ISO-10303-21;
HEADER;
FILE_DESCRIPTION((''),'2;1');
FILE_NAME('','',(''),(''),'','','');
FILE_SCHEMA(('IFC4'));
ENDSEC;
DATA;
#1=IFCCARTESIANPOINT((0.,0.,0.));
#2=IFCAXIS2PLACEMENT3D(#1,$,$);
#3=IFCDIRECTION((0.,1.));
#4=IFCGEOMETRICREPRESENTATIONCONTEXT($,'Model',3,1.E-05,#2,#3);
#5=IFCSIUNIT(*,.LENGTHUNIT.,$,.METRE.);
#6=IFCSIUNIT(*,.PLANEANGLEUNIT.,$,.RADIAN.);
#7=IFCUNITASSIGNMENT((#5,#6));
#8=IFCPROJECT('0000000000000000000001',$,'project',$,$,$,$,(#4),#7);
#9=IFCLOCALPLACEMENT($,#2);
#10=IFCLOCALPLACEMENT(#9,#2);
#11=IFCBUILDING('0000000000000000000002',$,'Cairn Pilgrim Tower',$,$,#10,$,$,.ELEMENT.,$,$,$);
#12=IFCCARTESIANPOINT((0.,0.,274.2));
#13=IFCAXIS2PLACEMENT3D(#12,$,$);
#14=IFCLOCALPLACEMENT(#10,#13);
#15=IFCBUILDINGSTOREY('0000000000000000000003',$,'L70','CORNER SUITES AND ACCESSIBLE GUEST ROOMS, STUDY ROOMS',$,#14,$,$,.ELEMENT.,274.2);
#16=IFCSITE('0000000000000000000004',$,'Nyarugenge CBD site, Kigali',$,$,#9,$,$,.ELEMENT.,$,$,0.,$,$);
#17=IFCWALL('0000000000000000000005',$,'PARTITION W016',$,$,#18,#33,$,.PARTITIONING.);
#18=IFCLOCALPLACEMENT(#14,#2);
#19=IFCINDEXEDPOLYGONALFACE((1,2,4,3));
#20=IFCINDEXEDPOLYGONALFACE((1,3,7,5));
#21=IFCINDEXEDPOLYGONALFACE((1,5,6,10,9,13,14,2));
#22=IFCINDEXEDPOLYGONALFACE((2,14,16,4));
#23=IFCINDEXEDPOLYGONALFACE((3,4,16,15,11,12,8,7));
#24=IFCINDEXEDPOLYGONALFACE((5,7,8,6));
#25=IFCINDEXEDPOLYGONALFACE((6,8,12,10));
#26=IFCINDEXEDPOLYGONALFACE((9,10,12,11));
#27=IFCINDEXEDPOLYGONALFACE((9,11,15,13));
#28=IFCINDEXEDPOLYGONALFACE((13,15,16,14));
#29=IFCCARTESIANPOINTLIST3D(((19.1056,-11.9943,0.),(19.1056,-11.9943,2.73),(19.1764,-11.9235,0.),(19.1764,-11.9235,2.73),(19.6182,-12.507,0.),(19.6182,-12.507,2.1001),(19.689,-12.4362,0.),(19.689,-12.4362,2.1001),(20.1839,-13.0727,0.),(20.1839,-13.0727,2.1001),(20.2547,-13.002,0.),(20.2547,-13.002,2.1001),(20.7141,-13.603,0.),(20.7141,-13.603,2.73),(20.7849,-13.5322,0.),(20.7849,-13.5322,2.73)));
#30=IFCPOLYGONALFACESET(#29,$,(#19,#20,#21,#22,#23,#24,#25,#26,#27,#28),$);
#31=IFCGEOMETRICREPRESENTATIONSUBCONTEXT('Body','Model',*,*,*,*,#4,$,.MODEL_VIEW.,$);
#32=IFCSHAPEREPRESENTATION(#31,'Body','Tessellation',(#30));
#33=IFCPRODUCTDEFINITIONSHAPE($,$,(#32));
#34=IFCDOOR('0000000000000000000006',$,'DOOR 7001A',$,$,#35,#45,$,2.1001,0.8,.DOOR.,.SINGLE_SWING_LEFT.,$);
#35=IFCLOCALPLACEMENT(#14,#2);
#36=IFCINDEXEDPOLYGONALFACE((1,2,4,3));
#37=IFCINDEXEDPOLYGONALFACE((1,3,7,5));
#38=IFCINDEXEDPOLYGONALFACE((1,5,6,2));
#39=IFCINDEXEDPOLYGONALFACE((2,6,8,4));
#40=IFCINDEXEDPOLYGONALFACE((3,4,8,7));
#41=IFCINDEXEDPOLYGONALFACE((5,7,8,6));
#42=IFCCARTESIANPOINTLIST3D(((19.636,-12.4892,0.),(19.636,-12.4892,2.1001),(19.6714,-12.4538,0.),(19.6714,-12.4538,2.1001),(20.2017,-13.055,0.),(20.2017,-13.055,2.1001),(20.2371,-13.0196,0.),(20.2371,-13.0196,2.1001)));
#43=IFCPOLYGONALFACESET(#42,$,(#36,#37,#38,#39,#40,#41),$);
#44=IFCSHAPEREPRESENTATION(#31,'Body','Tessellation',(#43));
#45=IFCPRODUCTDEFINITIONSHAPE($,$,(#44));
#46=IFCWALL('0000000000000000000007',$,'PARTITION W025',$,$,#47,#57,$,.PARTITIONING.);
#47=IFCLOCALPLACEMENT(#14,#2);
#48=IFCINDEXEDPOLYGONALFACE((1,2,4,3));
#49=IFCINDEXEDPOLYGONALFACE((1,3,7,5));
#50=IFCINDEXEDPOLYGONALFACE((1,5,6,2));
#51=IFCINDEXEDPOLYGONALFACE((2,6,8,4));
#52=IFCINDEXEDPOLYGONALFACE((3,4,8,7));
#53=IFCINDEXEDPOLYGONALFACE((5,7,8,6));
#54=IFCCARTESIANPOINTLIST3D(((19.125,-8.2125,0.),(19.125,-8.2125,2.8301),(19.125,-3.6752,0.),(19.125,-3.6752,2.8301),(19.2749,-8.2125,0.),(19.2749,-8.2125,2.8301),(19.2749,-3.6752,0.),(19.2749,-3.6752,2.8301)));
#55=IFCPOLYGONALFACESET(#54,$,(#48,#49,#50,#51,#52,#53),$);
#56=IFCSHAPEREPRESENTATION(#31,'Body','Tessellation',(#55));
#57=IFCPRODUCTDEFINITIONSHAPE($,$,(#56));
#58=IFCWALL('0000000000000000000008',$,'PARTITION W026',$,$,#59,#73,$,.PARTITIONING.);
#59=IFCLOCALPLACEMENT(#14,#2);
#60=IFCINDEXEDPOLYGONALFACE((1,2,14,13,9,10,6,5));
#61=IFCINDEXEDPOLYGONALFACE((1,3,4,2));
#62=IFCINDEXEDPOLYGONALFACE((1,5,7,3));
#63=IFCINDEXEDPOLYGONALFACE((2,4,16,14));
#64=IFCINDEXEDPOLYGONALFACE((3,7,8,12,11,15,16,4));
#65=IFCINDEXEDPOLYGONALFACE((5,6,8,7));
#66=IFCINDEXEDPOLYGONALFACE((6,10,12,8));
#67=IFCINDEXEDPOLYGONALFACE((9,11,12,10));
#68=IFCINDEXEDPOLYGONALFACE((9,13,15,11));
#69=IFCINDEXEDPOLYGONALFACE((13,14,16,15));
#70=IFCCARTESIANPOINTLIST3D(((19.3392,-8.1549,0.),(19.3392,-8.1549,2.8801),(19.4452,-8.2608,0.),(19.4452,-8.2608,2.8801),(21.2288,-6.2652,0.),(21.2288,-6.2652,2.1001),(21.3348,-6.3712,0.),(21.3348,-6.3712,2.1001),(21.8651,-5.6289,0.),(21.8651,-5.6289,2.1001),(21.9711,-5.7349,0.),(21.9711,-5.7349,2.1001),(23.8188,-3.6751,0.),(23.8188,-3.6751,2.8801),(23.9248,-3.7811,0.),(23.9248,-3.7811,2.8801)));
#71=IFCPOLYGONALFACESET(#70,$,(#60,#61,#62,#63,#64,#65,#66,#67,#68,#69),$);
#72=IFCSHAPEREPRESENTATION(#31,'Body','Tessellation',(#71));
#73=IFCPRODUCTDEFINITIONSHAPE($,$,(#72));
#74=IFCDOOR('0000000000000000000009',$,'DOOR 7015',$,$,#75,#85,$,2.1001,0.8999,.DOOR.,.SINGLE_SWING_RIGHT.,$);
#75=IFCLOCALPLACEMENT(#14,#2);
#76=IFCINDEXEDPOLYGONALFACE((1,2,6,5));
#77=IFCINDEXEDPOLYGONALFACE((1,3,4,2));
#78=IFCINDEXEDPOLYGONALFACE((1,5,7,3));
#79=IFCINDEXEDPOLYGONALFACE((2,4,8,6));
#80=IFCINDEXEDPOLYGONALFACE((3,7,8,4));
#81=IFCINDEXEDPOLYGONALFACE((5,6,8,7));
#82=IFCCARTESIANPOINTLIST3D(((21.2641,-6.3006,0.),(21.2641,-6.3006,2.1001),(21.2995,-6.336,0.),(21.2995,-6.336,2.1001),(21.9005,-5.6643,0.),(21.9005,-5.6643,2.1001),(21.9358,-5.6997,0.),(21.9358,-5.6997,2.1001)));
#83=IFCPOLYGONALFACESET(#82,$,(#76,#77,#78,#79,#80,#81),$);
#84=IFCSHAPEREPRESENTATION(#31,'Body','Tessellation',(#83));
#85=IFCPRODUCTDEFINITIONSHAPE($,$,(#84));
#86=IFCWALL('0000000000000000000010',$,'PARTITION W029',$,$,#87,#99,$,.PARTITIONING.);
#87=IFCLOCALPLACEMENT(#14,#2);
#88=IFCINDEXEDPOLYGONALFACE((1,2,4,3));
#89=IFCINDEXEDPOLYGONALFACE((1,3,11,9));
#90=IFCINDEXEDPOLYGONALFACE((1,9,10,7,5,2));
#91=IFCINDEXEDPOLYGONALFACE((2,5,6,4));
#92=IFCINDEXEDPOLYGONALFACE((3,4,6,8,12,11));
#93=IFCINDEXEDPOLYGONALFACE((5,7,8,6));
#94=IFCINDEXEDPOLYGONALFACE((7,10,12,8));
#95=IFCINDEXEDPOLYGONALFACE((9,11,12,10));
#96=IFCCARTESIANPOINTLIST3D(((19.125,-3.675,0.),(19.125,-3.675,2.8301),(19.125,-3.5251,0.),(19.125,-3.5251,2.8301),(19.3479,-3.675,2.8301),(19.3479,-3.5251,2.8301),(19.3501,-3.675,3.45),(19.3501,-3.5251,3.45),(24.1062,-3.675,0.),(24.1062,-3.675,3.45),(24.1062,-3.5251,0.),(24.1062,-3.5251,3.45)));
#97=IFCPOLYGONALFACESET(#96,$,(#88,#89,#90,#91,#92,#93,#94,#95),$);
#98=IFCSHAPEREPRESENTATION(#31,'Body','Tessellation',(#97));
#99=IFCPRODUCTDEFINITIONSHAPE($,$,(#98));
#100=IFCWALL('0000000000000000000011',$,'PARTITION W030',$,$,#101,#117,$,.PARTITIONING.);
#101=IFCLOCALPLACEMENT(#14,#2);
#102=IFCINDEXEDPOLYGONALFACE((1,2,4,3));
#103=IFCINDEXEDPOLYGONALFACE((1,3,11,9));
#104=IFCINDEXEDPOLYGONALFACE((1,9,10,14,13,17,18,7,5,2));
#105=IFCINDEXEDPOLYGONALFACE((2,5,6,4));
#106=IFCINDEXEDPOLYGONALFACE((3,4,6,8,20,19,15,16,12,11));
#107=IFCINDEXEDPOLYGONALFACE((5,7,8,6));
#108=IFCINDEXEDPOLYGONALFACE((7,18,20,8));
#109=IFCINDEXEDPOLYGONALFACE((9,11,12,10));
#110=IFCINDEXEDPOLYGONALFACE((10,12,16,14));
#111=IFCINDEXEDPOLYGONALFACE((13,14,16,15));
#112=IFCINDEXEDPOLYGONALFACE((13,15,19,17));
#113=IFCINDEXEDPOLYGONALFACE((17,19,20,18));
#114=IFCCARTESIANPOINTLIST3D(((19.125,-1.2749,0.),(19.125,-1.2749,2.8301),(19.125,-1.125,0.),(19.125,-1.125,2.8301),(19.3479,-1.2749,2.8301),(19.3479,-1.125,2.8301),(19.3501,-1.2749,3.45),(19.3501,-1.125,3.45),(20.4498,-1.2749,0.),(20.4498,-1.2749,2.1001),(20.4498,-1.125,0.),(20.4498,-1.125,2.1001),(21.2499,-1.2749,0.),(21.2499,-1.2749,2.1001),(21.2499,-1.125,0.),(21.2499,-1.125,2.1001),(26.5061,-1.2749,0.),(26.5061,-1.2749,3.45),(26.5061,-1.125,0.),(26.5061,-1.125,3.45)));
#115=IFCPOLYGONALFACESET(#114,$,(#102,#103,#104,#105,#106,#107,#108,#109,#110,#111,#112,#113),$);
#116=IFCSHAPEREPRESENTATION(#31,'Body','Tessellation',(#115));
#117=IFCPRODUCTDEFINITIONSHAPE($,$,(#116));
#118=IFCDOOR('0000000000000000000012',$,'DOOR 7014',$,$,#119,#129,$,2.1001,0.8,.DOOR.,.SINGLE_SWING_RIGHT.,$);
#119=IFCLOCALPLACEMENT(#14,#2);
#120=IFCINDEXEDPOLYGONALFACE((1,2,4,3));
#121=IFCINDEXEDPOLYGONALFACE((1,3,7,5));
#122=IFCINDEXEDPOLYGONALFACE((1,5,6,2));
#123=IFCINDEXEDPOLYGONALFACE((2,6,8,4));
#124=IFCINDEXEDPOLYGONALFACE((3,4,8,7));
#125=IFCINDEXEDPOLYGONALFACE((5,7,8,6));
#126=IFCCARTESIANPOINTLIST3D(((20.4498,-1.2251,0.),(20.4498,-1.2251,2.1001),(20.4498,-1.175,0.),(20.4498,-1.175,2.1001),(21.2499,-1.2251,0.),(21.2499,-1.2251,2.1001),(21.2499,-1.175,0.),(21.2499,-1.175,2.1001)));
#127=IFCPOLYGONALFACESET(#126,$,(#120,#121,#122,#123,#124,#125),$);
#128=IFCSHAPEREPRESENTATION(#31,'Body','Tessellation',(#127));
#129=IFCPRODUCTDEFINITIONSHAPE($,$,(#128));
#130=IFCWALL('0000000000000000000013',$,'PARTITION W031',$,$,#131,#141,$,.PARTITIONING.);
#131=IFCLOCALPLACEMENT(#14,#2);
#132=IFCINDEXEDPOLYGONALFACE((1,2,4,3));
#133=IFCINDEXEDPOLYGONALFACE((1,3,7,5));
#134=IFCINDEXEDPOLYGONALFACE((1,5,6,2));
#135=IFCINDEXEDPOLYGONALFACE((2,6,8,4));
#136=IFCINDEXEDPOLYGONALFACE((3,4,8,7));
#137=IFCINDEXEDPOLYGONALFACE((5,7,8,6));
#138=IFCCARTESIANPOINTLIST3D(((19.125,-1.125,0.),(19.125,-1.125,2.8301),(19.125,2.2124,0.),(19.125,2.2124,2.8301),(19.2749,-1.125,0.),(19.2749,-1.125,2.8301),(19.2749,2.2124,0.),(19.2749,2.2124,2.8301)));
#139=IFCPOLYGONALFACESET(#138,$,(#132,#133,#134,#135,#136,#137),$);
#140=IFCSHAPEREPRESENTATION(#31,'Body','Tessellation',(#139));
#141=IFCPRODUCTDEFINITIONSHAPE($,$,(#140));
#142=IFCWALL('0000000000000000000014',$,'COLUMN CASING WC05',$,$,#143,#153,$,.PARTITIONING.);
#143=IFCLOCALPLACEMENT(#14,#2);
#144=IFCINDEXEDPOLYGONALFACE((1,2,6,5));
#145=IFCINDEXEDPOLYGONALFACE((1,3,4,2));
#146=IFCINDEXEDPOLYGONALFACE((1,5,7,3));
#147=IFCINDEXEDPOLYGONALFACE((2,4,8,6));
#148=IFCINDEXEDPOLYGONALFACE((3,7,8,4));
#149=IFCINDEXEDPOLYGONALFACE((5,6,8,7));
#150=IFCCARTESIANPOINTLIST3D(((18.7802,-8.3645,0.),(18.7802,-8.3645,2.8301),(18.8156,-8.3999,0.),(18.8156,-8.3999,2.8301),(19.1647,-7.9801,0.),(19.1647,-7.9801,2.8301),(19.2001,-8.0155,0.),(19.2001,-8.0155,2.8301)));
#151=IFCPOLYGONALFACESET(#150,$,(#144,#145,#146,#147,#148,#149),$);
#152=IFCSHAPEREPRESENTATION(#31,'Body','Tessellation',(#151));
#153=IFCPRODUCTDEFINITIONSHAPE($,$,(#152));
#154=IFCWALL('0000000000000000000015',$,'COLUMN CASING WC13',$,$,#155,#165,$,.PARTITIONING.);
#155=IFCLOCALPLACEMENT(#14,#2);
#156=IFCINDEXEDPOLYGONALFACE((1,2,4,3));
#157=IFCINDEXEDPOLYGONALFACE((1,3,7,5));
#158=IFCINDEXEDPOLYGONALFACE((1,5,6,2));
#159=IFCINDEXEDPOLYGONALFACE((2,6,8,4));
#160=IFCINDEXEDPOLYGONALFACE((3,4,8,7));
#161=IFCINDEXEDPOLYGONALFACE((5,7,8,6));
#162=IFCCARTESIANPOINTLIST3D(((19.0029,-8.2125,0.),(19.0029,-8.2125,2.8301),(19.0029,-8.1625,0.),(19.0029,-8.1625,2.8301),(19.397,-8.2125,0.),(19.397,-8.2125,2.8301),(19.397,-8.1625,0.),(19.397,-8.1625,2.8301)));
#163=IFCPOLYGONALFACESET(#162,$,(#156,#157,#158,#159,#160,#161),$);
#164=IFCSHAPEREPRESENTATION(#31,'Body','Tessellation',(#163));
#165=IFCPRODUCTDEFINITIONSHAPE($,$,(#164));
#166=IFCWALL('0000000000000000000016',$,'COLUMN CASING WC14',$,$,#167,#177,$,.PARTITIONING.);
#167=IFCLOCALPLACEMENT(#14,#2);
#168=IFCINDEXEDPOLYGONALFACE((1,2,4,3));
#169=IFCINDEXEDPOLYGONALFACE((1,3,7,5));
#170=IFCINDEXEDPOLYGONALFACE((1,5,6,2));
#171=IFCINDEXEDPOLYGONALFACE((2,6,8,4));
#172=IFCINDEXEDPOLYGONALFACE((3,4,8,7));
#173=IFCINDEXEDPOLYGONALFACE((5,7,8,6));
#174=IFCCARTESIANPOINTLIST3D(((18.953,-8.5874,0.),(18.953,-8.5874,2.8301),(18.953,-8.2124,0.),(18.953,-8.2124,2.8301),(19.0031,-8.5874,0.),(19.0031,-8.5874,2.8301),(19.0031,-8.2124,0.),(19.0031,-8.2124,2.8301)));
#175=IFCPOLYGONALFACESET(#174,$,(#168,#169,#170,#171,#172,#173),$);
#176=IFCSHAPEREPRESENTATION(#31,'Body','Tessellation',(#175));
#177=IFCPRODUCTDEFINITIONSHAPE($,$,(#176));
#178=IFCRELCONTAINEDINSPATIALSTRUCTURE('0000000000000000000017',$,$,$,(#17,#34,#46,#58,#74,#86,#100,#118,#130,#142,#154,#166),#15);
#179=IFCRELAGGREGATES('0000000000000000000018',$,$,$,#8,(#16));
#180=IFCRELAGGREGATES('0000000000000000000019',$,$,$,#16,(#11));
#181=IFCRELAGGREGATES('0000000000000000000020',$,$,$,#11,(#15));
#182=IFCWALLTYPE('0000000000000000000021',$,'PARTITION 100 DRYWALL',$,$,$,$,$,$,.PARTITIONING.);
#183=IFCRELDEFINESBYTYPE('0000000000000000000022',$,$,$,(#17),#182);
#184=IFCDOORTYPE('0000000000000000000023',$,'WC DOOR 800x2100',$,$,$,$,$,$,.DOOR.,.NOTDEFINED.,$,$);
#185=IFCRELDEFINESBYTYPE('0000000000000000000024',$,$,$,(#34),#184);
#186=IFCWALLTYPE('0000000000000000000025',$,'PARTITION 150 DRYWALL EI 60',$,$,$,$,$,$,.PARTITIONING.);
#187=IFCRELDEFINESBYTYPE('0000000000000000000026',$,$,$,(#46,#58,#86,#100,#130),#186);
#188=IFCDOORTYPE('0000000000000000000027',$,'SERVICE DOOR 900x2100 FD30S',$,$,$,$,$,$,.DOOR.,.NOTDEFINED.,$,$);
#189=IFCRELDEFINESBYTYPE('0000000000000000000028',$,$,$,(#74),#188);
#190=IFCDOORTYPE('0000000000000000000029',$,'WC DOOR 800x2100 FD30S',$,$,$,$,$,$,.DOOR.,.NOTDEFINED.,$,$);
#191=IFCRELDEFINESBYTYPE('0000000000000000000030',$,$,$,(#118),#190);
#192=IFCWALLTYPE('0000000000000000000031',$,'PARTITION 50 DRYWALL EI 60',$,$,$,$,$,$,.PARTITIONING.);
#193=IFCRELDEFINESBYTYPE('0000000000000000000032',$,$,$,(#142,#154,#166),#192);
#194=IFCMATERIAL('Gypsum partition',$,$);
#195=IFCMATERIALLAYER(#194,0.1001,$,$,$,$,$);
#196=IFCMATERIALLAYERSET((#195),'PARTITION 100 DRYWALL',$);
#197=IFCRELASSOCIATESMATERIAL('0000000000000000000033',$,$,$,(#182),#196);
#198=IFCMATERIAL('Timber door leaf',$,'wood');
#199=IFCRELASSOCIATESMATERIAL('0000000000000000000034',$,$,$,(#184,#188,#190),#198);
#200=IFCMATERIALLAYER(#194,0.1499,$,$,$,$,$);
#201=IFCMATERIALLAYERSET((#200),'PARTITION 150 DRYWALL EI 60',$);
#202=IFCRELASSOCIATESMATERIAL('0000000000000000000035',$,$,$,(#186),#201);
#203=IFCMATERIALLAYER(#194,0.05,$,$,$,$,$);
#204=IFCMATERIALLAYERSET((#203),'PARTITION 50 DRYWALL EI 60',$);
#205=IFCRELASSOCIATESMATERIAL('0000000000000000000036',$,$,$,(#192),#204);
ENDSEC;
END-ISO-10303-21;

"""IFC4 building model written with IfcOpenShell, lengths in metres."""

from ifc_helpers import new_model, si_unit, direction, frame, frame_2d, origin, place, context, subcontext, project, spatial, polyline, rectangle, outline, extrude, material, layer, layer_set, type_object, element, fill, save


model = new_model("IFC4")

# Units and contexts
model_context = context("Model", 3, precision=1e-05, world=origin(), true_north=direction((0.0, 1.0)))
body_context = subcontext(model_context, "Body", "Model", "MODEL_VIEW")
ifc_project = project(units=[si_unit("LENGTHUNIT", "METRE"), si_unit("PLANEANGLEUNIT", "RADIAN")], contexts=[model_context])

# Site, building, storey
site_placement = place(None, origin())
site = spatial("IfcSite", under=ifc_project, at=site_placement, Name="Nyarugenge CBD site, Kigali", CompositionType="ELEMENT", RefElevation=0.0)
building_placement = place(site_placement, origin())
building = spatial("IfcBuilding", under=site, at=building_placement, Name="Cairn Pilgrim Tower", CompositionType="ELEMENT")
storey_placement = place(building_placement, frame((0.0, 0.0, 274.2)))
storey = spatial("IfcBuildingStorey", under=building, at=storey_placement, Name="L70", Description="CORNER SUITES AND ACCESSIBLE GUEST ROOMS, STUDY ROOMS", CompositionType="ELEMENT", Elevation=274.2)

# Wall, opening, door
ifc_material_1 = material(Name="Gypsum partition")
ifc_layer_1 = layer(ifc_material_1, 0.1001)
ifc_layer_set_1 = layer_set([ifc_layer_1], Name="PARTITION 100 DRYWALL")
wall_type_1 = type_object("IfcWallType", Name="PARTITION 100 DRYWALL", PredefinedType="PARTITIONING", material=ifc_layer_set_1)
wall_1_placement = place(storey_placement, frame((20.7495, -13.5676, 0.0), z_axis=(0.0, 0.0, 1.0), x_axis=(-0.707053, 0.70716, 0.0)))
wall_1 = element("IfcWall", 1, at=wall_1_placement, inside=storey, type_object=wall_type_1, Name="PARTITION W016", PredefinedType="PARTITIONING", context=body_context, shape_type="SweptSolid", body=[
    extrude(rectangle(XDim=2.2749, YDim=0.1001, at=frame_2d((1.1375, 0.0))), origin(), (0.0, 0.0, 1.0), 2.73),
])
opening_1_placement = place(wall_1_placement, frame((0.75, 0.0, 0.0)))
opening_1 = element("IfcOpeningElement", 2, at=opening_1_placement, cuts=wall_1, PredefinedType="OPENING", context=body_context, shape_type="SweptSolid", body=[
    extrude(rectangle(XDim=0.8, YDim=2.1001, at=frame_2d((0.3999, 1.05))), frame((0.0, 0.0601, 0.0), z_axis=(0.0, -1.0, 0.0), x_axis=(1.0, 0.0, 0.0)), (0.0, 0.0, 1.0), 0.1201),
])
ifc_material_2 = material(Name="Timber door leaf", Category="wood")
door_type_1 = type_object("IfcDoorType", Name="WC DOOR 800x2100", OperationType="NOTDEFINED", PredefinedType="DOOR", material=ifc_material_2)
door_1_placement = place(opening_1_placement, origin())
door_1 = element("IfcDoor", 3, at=door_1_placement, inside=storey, type_object=door_type_1, Name="DOOR 7001A", OperationType="SINGLE_SWING_LEFT", OverallHeight=2.1001, OverallWidth=0.8, PredefinedType="DOOR", context=body_context, shape_type="SweptSolid", body=[
    extrude(rectangle(XDim=0.8, YDim=2.1001, at=frame_2d((0.3999, 1.05))), frame((0.0, 0.0249, 0.0), z_axis=(0.0, -1.0, 0.0), x_axis=(1.0, 0.0, 0.0)), (0.0, 0.0, 1.0), 0.05),
])
fill(opening_1, door_1)

# Wall
ifc_layer_2 = layer(ifc_material_1, 0.1499)
ifc_layer_set_2 = layer_set([ifc_layer_2], Name="PARTITION 150 DRYWALL EI 60")
wall_type_2 = type_object("IfcWallType", Name="PARTITION 150 DRYWALL EI 60", PredefinedType="PARTITIONING", material=ifc_layer_set_2)
wall_2_placement = place(storey_placement, frame((19.2, -8.2124, 0.0), z_axis=(0.0, 0.0, 1.0), x_axis=(0.0, 1.0, 0.0)))
element("IfcWall", 4, at=wall_2_placement, inside=storey, type_object=wall_type_2, Name="PARTITION W025", PredefinedType="PARTITIONING", context=body_context, shape_type="SweptSolid", body=[
    extrude(rectangle(XDim=4.5374, YDim=0.1499, at=frame_2d((2.2686, 0.0))), origin(), (0.0, 0.0, 1.0), 2.8301),
])

# Wall, opening, door
wall_3_placement = place(storey_placement, frame((19.3923, -8.2078, 0.0), z_axis=(0.0, 0.0, 1.0), x_axis=(0.707088, 0.707126, 0.0)))
wall_3 = element("IfcWall", 5, at=wall_3_placement, inside=storey, type_object=wall_type_2, Name="PARTITION W026", PredefinedType="PARTITIONING", context=body_context, shape_type="SweptSolid", body=[
    extrude(rectangle(XDim=6.3352, YDim=0.1499, at=frame_2d((3.1675, 0.0))), origin(), (0.0, 0.0, 1.0), 2.8801),
])
opening_2_placement = place(wall_3_placement, frame((2.6721, 0.0, 0.0)))
opening_2 = element("IfcOpeningElement", 6, at=opening_2_placement, cuts=wall_3, PredefinedType="OPENING", context=body_context, shape_type="SweptSolid", body=[
    extrude(rectangle(XDim=0.8999, YDim=2.1001, at=frame_2d((0.45, 1.05))), frame((0.0, 0.085, 0.0), z_axis=(0.0, -1.0, 0.0), x_axis=(1.0, 0.0, 0.0)), (0.0, 0.0, 1.0), 0.1699),
])
door_type_2 = type_object("IfcDoorType", Name="SERVICE DOOR 900x2100 FD30S", OperationType="NOTDEFINED", PredefinedType="DOOR", material=ifc_material_2)
door_2_placement = place(opening_2_placement, origin())
door_2 = element("IfcDoor", 7, at=door_2_placement, inside=storey, type_object=door_type_2, Name="DOOR 7015", OperationType="SINGLE_SWING_RIGHT", OverallHeight=2.1001, OverallWidth=0.8999, PredefinedType="DOOR", context=body_context, shape_type="SweptSolid", body=[
    extrude(rectangle(XDim=0.8999, YDim=2.1001, at=frame_2d((0.45, 1.05))), frame((0.0, 0.0249, 0.0), z_axis=(0.0, -1.0, 0.0), x_axis=(1.0, 0.0, 0.0)), (0.0, 0.0, 1.0), 0.05),
])
fill(opening_2, door_2)

# Wall
wall_4_placement = place(storey_placement, frame((19.125, -3.6001, 0.0), z_axis=(0.0, 0.0, 1.0), x_axis=(1.0, 0.0, 0.0)))
element("IfcWall", 8, at=wall_4_placement, inside=storey, type_object=wall_type_2, Name="PARTITION W029", PredefinedType="PARTITIONING", context=body_context, shape_type="SweptSolid", body=[
    extrude(outline(polyline([(0.0, 0.0), (4.9812, 0.0), (4.9812, 3.45), (0.2251, 3.45), (0.2229, 2.8301), (0.0, 2.8301), (0.0, 0.0)])), frame((0.0, 0.075, 0.0), z_axis=(0.0, -1.0, 0.0), x_axis=(1.0, 0.0, 0.0)), (0.0, 0.0, 1.0), 0.1499),
])

# Wall, opening, door
wall_5_placement = place(storey_placement, frame((19.125, -1.2, 0.0), z_axis=(0.0, 0.0, 1.0), x_axis=(1.0, 0.0, 0.0)))
wall_5 = element("IfcWall", 9, at=wall_5_placement, inside=storey, type_object=wall_type_2, Name="PARTITION W030", PredefinedType="PARTITIONING", context=body_context, shape_type="SweptSolid", body=[
    extrude(outline(polyline([(0.0, 0.0), (7.3811, 0.0), (7.3811, 3.45), (0.2251, 3.45), (0.2229, 2.8301), (0.0, 2.8301), (0.0, 0.0)])), frame((0.0, 0.075, 0.0), z_axis=(0.0, -1.0, 0.0), x_axis=(1.0, 0.0, 0.0)), (0.0, 0.0, 1.0), 0.1499),
])
opening_3_placement = place(wall_5_placement, frame((1.325, 0.0, 0.0)))
opening_3 = element("IfcOpeningElement", 10, at=opening_3_placement, cuts=wall_5, PredefinedType="OPENING", context=body_context, shape_type="SweptSolid", body=[
    extrude(rectangle(XDim=0.8, YDim=2.1001, at=frame_2d((0.3999, 1.05))), frame((0.0, 0.085, 0.0), z_axis=(0.0, -1.0, 0.0), x_axis=(1.0, 0.0, 0.0)), (0.0, 0.0, 1.0), 0.1699),
])
door_type_3 = type_object("IfcDoorType", Name="WC DOOR 800x2100 FD30S", OperationType="NOTDEFINED", PredefinedType="DOOR", material=ifc_material_2)
door_3_placement = place(opening_3_placement, origin())
door_3 = element("IfcDoor", 11, at=door_3_placement, inside=storey, type_object=door_type_3, Name="DOOR 7014", OperationType="SINGLE_SWING_RIGHT", OverallHeight=2.1001, OverallWidth=0.8, PredefinedType="DOOR", context=body_context, shape_type="SweptSolid", body=[
    extrude(rectangle(XDim=0.8, YDim=2.1001, at=frame_2d((0.3999, 1.05))), frame((0.0, 0.0249, 0.0), z_axis=(0.0, -1.0, 0.0), x_axis=(1.0, 0.0, 0.0)), (0.0, 0.0, 1.0), 0.05),
])
fill(opening_3, door_3)

# Walls
wall_6_placement = place(storey_placement, frame((19.2, -1.125, 0.0), z_axis=(0.0, 0.0, 1.0), x_axis=(0.0, 1.0, 0.0)))
element("IfcWall", 12, at=wall_6_placement, inside=storey, type_object=wall_type_2, Name="PARTITION W031", PredefinedType="PARTITIONING", context=body_context, shape_type="SweptSolid", body=[
    extrude(rectangle(XDim=3.3374, YDim=0.1499, at=frame_2d((1.6687, 0.0))), origin(), (0.0, 0.0, 1.0), 2.8301),
])
ifc_layer_3 = layer(ifc_material_1, 0.05)
ifc_layer_set_3 = layer_set([ifc_layer_3], Name="PARTITION 50 DRYWALL EI 60")
wall_type_3 = type_object("IfcWallType", Name="PARTITION 50 DRYWALL EI 60", PredefinedType="PARTITIONING", material=ifc_layer_set_3)
wall_7_placement = place(storey_placement, frame((18.7979, -8.3823, 0.0), z_axis=(0.0, 0.0, 1.0), x_axis=(0.707107, 0.707107, 0.0)))
element("IfcWall", 13, at=wall_7_placement, inside=storey, type_object=wall_type_3, Name="COLUMN CASING WC05", PredefinedType="PARTITIONING", context=body_context, shape_type="SweptSolid", body=[
    extrude(rectangle(XDim=0.5437, YDim=0.05, at=frame_2d((0.272, 0.0))), origin(), (0.0, 0.0, 1.0), 2.8301),
])
wall_8_placement = place(storey_placement, frame((19.0029, -8.1875, 0.0), z_axis=(0.0, 0.0, 1.0), x_axis=(1.0, 0.0, 0.0)))
element("IfcWall", 14, at=wall_8_placement, inside=storey, type_object=wall_type_3, Name="COLUMN CASING WC13", PredefinedType="PARTITIONING", context=body_context, shape_type="SweptSolid", body=[
    extrude(rectangle(XDim=0.394, YDim=0.05, at=frame_2d((0.197, 0.0))), origin(), (0.0, 0.0, 1.0), 2.8301),
])
wall_9_placement = place(storey_placement, frame((18.978, -8.5874, 0.0), z_axis=(0.0, 0.0, 1.0), x_axis=(0.0, 1.0, 0.0)))
element("IfcWall", 15, at=wall_9_placement, inside=storey, type_object=wall_type_3, Name="COLUMN CASING WC14", PredefinedType="PARTITIONING", context=body_context, shape_type="SweptSolid", body=[
    extrude(rectangle(XDim=0.375, YDim=0.05, at=frame_2d((0.1875, 0.0))), origin(), (0.0, 0.0, 1.0), 2.8301),
])

save(model, "model.ifc")
